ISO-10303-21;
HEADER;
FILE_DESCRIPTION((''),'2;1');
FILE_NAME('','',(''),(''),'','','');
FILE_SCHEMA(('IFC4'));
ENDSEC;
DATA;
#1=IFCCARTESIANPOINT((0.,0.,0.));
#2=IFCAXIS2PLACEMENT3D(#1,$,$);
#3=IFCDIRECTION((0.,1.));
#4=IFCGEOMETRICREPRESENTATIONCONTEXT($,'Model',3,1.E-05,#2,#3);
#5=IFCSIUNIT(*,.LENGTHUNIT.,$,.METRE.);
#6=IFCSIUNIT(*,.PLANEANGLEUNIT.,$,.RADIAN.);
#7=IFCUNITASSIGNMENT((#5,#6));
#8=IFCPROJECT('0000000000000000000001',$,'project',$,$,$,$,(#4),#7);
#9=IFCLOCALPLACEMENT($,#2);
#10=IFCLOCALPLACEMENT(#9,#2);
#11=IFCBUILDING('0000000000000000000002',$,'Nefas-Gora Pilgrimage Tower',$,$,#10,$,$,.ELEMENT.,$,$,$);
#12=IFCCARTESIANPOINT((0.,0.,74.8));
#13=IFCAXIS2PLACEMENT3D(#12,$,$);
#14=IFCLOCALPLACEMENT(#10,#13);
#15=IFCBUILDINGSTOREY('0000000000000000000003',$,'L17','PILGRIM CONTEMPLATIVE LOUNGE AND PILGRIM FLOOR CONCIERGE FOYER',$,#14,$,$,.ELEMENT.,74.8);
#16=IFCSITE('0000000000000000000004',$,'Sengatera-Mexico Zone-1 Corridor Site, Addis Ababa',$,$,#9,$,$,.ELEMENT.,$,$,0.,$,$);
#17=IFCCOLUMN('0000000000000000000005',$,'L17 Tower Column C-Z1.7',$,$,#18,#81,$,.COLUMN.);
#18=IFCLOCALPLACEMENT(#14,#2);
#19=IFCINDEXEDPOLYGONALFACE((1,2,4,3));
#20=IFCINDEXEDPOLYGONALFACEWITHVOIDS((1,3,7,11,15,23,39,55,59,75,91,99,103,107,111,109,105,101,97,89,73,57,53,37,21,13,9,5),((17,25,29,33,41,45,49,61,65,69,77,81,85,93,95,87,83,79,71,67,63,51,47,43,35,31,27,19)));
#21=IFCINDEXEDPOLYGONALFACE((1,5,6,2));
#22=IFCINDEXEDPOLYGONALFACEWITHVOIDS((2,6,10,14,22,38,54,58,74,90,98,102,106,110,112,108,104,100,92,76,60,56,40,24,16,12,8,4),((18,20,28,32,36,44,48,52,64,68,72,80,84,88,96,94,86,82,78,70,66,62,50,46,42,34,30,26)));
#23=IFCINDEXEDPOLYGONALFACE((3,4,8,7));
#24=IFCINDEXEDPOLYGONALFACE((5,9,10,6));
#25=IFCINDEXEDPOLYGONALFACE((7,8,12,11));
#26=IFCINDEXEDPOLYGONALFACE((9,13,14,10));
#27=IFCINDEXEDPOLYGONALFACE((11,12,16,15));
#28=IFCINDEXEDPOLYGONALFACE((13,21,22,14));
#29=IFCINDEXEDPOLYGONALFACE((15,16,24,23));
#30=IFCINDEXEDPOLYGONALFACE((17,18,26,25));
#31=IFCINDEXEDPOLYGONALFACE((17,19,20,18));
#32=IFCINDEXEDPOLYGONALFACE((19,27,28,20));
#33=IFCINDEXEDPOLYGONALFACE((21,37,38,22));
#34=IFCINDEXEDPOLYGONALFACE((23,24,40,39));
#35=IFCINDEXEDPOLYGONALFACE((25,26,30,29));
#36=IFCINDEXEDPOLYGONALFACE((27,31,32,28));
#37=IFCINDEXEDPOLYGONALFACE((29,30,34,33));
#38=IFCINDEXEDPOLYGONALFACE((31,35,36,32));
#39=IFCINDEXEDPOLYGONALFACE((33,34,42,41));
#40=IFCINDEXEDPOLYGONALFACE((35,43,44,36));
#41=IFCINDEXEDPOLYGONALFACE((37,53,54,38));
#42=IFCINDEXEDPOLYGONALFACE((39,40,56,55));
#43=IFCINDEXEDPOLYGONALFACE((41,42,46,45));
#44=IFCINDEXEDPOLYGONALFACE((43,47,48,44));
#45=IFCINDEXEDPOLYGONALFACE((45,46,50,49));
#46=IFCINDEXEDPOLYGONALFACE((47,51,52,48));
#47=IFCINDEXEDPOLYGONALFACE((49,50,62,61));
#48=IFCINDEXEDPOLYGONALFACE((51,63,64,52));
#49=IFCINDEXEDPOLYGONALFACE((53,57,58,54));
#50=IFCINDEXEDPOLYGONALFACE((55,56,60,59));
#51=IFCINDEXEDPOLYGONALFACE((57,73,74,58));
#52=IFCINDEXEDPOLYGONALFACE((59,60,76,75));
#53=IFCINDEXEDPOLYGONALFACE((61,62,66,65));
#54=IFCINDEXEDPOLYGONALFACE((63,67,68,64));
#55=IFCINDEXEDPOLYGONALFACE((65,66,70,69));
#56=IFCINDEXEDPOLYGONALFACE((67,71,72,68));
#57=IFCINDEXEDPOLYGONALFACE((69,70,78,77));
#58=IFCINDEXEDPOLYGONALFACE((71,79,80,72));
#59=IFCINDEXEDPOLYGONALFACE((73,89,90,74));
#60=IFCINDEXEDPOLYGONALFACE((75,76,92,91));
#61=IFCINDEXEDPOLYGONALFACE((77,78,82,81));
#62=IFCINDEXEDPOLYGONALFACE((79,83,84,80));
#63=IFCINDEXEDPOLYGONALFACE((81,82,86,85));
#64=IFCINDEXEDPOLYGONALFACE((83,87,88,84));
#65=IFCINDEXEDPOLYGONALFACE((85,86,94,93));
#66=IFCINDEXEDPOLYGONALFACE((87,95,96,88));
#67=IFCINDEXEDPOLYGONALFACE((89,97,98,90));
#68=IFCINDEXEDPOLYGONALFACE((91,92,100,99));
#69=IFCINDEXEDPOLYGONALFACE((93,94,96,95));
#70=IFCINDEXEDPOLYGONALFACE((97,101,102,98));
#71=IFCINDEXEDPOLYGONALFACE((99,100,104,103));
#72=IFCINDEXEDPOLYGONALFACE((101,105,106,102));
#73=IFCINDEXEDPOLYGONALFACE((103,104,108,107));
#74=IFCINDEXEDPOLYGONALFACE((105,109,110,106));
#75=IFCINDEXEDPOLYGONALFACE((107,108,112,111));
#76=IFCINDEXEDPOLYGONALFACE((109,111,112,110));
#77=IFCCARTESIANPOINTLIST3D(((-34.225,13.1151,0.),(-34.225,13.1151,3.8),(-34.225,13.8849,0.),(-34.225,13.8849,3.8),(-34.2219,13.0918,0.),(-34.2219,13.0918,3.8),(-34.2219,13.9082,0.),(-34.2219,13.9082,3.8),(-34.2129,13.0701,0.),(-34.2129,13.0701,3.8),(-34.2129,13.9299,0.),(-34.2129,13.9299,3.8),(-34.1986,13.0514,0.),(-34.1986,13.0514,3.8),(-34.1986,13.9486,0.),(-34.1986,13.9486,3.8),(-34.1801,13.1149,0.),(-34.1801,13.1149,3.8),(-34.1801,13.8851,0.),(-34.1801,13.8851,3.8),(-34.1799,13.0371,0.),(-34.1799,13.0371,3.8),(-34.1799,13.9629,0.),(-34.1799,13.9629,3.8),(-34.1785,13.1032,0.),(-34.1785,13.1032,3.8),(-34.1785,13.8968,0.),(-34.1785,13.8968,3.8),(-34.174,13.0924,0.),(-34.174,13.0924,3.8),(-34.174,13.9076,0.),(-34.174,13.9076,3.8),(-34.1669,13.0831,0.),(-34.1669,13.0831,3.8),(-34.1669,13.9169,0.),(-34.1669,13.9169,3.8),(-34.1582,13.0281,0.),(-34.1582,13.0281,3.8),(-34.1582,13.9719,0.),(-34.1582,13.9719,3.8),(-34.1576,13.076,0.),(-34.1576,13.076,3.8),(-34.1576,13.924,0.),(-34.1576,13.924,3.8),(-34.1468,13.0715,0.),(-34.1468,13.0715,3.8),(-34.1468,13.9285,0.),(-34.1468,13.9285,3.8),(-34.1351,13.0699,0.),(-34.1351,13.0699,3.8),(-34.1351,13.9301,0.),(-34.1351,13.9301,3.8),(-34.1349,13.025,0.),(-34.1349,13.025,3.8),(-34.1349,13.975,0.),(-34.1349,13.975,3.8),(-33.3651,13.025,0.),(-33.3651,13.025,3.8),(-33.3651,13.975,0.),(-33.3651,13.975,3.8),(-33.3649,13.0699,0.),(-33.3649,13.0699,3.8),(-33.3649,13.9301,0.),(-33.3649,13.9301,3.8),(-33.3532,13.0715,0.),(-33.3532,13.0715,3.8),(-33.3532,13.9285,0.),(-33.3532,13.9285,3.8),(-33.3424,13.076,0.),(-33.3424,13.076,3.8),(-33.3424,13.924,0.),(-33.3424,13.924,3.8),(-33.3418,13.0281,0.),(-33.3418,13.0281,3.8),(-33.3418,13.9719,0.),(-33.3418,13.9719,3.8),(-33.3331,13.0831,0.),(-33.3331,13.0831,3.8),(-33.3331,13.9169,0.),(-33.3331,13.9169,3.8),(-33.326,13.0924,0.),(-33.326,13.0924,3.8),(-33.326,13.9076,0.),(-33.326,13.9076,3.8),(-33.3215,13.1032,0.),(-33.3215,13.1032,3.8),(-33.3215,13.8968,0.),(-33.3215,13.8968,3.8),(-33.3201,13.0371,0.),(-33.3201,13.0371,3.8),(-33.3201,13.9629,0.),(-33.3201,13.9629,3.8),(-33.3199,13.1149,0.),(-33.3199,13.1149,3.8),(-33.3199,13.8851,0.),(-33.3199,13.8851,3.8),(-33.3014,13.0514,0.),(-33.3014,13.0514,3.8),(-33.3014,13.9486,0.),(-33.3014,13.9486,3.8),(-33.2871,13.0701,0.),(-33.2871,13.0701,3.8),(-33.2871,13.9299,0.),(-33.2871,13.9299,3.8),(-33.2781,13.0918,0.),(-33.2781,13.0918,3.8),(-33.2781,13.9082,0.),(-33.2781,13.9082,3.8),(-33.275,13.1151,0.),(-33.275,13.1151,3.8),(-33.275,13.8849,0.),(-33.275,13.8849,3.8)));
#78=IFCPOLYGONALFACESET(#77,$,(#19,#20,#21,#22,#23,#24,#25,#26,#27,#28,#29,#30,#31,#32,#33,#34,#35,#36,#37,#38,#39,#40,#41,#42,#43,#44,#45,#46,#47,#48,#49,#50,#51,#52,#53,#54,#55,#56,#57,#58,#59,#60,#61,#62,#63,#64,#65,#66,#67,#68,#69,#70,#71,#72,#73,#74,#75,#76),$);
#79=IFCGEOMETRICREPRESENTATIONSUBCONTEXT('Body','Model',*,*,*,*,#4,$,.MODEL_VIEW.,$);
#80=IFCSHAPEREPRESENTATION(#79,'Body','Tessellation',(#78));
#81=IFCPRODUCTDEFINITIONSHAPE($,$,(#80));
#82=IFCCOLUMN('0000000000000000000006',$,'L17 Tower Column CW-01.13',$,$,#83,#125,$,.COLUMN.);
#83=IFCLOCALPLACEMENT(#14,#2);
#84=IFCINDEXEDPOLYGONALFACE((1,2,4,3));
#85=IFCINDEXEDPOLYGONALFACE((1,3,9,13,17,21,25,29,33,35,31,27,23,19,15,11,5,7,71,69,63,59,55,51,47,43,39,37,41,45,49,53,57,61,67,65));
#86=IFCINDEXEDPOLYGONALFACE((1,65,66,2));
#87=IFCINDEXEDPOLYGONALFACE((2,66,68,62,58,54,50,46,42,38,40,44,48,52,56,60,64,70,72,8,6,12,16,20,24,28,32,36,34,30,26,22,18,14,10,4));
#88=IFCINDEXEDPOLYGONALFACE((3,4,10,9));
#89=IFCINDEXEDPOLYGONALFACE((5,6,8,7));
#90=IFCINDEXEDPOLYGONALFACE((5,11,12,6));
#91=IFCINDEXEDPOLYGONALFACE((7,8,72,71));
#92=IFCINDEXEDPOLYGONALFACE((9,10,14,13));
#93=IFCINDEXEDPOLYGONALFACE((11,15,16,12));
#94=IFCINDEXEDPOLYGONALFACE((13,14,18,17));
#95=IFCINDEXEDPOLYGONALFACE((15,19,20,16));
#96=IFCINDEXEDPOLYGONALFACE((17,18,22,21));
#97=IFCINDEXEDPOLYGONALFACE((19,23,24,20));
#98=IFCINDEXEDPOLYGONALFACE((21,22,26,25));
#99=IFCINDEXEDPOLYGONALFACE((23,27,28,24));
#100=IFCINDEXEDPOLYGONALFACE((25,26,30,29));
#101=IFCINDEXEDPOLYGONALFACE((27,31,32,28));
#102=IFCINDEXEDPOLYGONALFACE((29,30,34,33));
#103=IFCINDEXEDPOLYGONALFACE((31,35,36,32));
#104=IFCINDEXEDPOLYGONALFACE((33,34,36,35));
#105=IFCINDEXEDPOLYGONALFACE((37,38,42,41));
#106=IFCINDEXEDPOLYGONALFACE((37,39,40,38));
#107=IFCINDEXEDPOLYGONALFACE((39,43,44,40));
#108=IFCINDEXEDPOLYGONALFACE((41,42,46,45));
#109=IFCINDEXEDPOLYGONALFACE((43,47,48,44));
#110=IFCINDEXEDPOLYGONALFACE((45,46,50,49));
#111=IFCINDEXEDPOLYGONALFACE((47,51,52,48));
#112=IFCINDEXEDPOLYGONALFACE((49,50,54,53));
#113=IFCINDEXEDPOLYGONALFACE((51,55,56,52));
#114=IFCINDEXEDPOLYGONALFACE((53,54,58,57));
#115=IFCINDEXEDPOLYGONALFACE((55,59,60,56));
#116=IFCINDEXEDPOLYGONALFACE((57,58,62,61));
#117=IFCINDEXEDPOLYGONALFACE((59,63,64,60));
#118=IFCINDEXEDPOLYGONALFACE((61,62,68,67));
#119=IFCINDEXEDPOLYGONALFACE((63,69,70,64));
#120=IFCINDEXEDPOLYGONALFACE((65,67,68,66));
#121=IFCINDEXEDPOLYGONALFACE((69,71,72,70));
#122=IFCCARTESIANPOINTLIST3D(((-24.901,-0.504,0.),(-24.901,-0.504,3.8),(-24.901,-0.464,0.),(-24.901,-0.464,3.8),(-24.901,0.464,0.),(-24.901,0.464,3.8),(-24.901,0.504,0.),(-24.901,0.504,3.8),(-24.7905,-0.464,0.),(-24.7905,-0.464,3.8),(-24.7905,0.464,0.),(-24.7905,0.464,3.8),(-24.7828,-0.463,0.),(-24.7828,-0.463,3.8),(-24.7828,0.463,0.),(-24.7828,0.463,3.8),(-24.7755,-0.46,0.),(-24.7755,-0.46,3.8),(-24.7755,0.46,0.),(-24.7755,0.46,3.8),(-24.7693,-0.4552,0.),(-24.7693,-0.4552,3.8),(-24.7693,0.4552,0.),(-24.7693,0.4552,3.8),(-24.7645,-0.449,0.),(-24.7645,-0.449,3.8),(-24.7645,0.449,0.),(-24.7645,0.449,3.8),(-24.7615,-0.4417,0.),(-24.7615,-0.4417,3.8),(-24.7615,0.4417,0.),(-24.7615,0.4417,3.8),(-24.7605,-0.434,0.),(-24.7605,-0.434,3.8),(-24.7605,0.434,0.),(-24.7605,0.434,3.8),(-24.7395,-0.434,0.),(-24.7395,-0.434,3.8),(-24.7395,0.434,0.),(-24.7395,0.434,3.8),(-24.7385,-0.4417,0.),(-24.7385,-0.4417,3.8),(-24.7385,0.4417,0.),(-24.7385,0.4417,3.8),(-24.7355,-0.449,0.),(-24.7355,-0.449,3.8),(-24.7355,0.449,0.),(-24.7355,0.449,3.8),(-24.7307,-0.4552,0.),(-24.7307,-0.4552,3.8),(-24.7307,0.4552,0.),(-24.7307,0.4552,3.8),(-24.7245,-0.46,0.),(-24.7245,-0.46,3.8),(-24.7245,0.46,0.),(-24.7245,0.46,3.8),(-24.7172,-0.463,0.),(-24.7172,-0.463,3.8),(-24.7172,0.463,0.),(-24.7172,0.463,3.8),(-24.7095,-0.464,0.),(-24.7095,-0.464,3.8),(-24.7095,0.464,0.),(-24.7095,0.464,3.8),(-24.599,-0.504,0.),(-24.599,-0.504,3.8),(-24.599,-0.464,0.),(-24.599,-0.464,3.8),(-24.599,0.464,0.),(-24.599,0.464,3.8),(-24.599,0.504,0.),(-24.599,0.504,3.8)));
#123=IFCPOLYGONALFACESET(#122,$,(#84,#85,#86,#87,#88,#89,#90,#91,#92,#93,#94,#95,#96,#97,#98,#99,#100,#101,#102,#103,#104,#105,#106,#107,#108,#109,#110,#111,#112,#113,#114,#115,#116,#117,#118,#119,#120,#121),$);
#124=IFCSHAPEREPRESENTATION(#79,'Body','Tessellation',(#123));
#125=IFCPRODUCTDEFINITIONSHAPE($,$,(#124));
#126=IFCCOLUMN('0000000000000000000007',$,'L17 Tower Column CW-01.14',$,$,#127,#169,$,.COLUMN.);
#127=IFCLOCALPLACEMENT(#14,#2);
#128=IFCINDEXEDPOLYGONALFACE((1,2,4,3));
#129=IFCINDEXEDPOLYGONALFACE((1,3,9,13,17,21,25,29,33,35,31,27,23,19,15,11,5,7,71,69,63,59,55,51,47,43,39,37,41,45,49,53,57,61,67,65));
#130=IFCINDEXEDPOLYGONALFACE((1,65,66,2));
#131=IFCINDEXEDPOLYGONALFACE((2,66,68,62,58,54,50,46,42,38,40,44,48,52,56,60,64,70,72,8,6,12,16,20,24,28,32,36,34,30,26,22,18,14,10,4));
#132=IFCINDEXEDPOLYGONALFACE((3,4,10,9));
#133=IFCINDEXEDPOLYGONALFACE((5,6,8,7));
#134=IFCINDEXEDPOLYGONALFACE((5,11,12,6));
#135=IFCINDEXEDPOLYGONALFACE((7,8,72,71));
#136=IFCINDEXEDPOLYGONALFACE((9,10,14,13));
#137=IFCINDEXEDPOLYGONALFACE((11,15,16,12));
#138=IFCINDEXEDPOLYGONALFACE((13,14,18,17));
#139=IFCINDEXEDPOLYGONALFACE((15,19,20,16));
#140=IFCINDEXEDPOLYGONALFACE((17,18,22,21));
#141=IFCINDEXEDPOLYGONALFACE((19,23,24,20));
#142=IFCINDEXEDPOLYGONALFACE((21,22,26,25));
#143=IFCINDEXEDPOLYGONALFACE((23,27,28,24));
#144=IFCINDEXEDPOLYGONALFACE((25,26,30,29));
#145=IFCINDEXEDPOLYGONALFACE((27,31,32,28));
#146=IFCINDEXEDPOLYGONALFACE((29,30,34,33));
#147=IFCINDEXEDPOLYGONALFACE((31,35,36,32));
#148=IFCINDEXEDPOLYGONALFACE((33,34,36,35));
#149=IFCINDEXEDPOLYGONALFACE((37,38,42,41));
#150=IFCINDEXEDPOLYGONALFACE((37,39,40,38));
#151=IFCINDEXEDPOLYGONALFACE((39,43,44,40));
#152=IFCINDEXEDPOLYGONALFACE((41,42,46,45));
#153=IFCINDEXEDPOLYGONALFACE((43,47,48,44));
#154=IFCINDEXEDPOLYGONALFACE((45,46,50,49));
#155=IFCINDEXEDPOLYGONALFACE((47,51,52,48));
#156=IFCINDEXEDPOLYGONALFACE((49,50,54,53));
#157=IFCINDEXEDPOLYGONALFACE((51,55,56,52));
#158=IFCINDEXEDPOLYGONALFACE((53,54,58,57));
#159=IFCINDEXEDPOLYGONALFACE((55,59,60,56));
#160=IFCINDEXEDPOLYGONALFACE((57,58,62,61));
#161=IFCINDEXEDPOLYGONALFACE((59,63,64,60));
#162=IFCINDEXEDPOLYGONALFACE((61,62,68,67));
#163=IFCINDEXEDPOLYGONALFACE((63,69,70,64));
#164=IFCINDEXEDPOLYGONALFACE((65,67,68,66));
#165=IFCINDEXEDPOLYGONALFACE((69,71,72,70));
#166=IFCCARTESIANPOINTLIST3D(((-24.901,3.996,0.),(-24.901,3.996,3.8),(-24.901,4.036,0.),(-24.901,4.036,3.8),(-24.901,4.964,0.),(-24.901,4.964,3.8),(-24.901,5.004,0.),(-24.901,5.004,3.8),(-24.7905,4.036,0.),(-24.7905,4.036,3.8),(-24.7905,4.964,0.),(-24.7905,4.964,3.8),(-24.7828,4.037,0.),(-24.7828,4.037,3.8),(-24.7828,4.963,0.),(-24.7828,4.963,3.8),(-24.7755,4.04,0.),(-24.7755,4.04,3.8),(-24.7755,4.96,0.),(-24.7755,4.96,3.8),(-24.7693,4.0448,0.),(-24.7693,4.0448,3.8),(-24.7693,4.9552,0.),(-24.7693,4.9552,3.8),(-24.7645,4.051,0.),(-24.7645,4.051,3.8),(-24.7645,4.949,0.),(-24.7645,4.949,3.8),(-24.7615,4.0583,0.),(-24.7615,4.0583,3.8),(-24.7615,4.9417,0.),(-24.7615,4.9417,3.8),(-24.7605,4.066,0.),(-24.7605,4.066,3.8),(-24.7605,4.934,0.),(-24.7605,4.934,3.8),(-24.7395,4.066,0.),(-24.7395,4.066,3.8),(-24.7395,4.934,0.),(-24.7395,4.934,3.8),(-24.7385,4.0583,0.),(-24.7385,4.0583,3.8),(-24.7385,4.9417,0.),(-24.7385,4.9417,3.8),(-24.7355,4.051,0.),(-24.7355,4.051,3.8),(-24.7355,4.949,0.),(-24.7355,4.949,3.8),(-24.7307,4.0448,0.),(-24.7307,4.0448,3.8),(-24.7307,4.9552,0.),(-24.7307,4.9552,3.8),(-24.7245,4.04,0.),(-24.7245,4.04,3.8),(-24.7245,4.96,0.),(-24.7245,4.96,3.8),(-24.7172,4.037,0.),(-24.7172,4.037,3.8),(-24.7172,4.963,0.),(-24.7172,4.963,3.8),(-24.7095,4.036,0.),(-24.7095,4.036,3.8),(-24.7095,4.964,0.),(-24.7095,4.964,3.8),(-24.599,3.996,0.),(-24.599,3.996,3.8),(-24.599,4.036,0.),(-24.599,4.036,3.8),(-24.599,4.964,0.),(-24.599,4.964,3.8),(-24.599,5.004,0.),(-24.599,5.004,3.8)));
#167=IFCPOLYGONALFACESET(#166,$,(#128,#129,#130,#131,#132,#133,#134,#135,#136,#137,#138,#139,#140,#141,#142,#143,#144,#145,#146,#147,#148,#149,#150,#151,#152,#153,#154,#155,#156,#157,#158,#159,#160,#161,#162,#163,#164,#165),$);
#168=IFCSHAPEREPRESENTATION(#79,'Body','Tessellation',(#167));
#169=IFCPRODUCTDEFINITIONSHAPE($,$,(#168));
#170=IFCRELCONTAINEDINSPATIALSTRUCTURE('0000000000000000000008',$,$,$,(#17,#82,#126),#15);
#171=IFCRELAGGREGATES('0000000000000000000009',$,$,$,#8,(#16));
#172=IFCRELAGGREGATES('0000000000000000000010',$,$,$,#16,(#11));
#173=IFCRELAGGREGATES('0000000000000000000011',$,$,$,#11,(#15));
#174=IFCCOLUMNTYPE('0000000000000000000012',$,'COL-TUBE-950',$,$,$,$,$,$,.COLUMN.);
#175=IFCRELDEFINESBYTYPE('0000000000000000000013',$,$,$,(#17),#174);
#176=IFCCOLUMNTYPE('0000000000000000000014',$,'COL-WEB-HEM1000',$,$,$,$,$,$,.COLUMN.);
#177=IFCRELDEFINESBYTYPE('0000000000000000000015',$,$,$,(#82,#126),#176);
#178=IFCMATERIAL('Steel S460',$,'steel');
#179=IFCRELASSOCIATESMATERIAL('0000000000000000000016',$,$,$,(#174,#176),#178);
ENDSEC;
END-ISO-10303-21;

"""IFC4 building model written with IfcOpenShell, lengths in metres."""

from ifc_helpers import new_model, si_unit, direction, frame, origin, origin_2d, place, context, subcontext, project, spatial, hollow_rectangle, i_section, extrude, source, transform, mapped, material, material_profile, profile_set, type_object, element, save


model = new_model("IFC4")

# Units and contexts
model_context = context("Model", 3, precision=1e-05, world=origin(), true_north=direction((0.0, 1.0)))
body_context = subcontext(model_context, "Body", "Model", "MODEL_VIEW")
ifc_project = project(units=[si_unit("LENGTHUNIT", "METRE"), si_unit("PLANEANGLEUNIT", "RADIAN")], contexts=[model_context])

# Site, building, storey
site_placement = place(None, origin())
site = spatial("IfcSite", under=ifc_project, at=site_placement, Name="Sengatera-Mexico Zone-1 Corridor Site, Addis Ababa", CompositionType="ELEMENT", RefElevation=0.0)
building_placement = place(site_placement, origin())
building = spatial("IfcBuilding", under=site, at=building_placement, Name="Nefas-Gora Pilgrimage Tower", CompositionType="ELEMENT")
storey_placement = place(building_placement, frame((0.0, 0.0, 74.8)))
storey = spatial("IfcBuildingStorey", under=building, at=storey_placement, Name="L17", Description="PILGRIM CONTEMPLATIVE LOUNGE AND PILGRIM FLOOR CONCIERGE FOYER", CompositionType="ELEMENT", Elevation=74.8)

# Columns
ifc_material_1 = material(Name="Steel S460", Category="steel")
ifc_material_profile_1 = material_profile(ifc_material_1, hollow_rectangle(XDim=0.95, YDim=0.95, WallThickness=0.0449, InnerFilletRadius=0.0449, OuterFilletRadius=0.0901, at=origin_2d()), Name="BOX 950x950x45")
ifc_profile_set_1 = profile_set([ifc_material_profile_1], Name="Steel S460")
column_type_1 = type_object("IfcColumnType", Name="COL-TUBE-950", PredefinedType="COLUMN", material=ifc_profile_set_1)
shared_shape_1 = source(origin(), body_context, "Body", "SweptSolid", [
    extrude(hollow_rectangle(XDim=0.95, YDim=0.95, WallThickness=0.0449, InnerFilletRadius=0.0449, OuterFilletRadius=0.0901, at=origin_2d()), origin(), (0.0, 0.0, 1.0), 3.8),
])
for number, where, z_axis, x_axis, name in (
    (1, (-33.75, 13.5, 0.0), (0.0, 0.0, 1.0), (1.0, 0.0, 0.0), "L17 Tower Column C-Z1.7"),
):
    element("IfcColumn", number, at=place(storey_placement, frame(where, z_axis=z_axis, x_axis=x_axis)), inside=storey, type_object=column_type_1, Name=name, PredefinedType="COLUMN", context=body_context, shape_type="MappedRepresentation", body=[
        mapped(shared_shape_1, transform((0.0, 0.0, 0.0), x_axis=(1.0, 0.0, 0.0), y_axis=(0.0, 1.0, 0.0), z_axis=(0.0, 0.0, 1.0), scale=1.0)),
    ])
ifc_material_profile_2 = material_profile(ifc_material_1, i_section(OverallWidth=0.302, OverallDepth=1.0081, WebThickness=0.021, FlangeThickness=0.04, FilletRadius=0.03, at=origin_2d()), Name="HEM 1000")
ifc_profile_set_2 = profile_set([ifc_material_profile_2], Name="Steel S460")
column_type_2 = type_object("IfcColumnType", Name="COL-WEB-HEM1000", PredefinedType="COLUMN", material=ifc_profile_set_2)
shared_shape_2 = source(origin(), body_context, "Body", "SweptSolid", [
    extrude(i_section(OverallWidth=0.302, OverallDepth=1.0081, WebThickness=0.021, FlangeThickness=0.04, FilletRadius=0.03, at=origin_2d()), origin(), (0.0, 0.0, 1.0), 3.8),
])
for number, where, z_axis, x_axis, name in (
    (2, (-24.75, 0.0, 0.0), (0.0, 0.0, 1.0), (1.0, 0.0, 0.0), "L17 Tower Column CW-01.13"),
    (3, (-24.75, 4.5, 0.0), (0.0, 0.0, 1.0), (1.0, 0.0, 0.0), "L17 Tower Column CW-01.14"),
):
    element("IfcColumn", number, at=place(storey_placement, frame(where, z_axis=z_axis, x_axis=x_axis)), inside=storey, type_object=column_type_2, Name=name, PredefinedType="COLUMN", context=body_context, shape_type="MappedRepresentation", body=[
        mapped(shared_shape_2, transform((0.0, 0.0, 0.0), x_axis=(1.0, 0.0, 0.0), y_axis=(0.0, 1.0, 0.0), z_axis=(0.0, 0.0, 1.0), scale=1.0)),
    ])

save(model, "model.ifc")
